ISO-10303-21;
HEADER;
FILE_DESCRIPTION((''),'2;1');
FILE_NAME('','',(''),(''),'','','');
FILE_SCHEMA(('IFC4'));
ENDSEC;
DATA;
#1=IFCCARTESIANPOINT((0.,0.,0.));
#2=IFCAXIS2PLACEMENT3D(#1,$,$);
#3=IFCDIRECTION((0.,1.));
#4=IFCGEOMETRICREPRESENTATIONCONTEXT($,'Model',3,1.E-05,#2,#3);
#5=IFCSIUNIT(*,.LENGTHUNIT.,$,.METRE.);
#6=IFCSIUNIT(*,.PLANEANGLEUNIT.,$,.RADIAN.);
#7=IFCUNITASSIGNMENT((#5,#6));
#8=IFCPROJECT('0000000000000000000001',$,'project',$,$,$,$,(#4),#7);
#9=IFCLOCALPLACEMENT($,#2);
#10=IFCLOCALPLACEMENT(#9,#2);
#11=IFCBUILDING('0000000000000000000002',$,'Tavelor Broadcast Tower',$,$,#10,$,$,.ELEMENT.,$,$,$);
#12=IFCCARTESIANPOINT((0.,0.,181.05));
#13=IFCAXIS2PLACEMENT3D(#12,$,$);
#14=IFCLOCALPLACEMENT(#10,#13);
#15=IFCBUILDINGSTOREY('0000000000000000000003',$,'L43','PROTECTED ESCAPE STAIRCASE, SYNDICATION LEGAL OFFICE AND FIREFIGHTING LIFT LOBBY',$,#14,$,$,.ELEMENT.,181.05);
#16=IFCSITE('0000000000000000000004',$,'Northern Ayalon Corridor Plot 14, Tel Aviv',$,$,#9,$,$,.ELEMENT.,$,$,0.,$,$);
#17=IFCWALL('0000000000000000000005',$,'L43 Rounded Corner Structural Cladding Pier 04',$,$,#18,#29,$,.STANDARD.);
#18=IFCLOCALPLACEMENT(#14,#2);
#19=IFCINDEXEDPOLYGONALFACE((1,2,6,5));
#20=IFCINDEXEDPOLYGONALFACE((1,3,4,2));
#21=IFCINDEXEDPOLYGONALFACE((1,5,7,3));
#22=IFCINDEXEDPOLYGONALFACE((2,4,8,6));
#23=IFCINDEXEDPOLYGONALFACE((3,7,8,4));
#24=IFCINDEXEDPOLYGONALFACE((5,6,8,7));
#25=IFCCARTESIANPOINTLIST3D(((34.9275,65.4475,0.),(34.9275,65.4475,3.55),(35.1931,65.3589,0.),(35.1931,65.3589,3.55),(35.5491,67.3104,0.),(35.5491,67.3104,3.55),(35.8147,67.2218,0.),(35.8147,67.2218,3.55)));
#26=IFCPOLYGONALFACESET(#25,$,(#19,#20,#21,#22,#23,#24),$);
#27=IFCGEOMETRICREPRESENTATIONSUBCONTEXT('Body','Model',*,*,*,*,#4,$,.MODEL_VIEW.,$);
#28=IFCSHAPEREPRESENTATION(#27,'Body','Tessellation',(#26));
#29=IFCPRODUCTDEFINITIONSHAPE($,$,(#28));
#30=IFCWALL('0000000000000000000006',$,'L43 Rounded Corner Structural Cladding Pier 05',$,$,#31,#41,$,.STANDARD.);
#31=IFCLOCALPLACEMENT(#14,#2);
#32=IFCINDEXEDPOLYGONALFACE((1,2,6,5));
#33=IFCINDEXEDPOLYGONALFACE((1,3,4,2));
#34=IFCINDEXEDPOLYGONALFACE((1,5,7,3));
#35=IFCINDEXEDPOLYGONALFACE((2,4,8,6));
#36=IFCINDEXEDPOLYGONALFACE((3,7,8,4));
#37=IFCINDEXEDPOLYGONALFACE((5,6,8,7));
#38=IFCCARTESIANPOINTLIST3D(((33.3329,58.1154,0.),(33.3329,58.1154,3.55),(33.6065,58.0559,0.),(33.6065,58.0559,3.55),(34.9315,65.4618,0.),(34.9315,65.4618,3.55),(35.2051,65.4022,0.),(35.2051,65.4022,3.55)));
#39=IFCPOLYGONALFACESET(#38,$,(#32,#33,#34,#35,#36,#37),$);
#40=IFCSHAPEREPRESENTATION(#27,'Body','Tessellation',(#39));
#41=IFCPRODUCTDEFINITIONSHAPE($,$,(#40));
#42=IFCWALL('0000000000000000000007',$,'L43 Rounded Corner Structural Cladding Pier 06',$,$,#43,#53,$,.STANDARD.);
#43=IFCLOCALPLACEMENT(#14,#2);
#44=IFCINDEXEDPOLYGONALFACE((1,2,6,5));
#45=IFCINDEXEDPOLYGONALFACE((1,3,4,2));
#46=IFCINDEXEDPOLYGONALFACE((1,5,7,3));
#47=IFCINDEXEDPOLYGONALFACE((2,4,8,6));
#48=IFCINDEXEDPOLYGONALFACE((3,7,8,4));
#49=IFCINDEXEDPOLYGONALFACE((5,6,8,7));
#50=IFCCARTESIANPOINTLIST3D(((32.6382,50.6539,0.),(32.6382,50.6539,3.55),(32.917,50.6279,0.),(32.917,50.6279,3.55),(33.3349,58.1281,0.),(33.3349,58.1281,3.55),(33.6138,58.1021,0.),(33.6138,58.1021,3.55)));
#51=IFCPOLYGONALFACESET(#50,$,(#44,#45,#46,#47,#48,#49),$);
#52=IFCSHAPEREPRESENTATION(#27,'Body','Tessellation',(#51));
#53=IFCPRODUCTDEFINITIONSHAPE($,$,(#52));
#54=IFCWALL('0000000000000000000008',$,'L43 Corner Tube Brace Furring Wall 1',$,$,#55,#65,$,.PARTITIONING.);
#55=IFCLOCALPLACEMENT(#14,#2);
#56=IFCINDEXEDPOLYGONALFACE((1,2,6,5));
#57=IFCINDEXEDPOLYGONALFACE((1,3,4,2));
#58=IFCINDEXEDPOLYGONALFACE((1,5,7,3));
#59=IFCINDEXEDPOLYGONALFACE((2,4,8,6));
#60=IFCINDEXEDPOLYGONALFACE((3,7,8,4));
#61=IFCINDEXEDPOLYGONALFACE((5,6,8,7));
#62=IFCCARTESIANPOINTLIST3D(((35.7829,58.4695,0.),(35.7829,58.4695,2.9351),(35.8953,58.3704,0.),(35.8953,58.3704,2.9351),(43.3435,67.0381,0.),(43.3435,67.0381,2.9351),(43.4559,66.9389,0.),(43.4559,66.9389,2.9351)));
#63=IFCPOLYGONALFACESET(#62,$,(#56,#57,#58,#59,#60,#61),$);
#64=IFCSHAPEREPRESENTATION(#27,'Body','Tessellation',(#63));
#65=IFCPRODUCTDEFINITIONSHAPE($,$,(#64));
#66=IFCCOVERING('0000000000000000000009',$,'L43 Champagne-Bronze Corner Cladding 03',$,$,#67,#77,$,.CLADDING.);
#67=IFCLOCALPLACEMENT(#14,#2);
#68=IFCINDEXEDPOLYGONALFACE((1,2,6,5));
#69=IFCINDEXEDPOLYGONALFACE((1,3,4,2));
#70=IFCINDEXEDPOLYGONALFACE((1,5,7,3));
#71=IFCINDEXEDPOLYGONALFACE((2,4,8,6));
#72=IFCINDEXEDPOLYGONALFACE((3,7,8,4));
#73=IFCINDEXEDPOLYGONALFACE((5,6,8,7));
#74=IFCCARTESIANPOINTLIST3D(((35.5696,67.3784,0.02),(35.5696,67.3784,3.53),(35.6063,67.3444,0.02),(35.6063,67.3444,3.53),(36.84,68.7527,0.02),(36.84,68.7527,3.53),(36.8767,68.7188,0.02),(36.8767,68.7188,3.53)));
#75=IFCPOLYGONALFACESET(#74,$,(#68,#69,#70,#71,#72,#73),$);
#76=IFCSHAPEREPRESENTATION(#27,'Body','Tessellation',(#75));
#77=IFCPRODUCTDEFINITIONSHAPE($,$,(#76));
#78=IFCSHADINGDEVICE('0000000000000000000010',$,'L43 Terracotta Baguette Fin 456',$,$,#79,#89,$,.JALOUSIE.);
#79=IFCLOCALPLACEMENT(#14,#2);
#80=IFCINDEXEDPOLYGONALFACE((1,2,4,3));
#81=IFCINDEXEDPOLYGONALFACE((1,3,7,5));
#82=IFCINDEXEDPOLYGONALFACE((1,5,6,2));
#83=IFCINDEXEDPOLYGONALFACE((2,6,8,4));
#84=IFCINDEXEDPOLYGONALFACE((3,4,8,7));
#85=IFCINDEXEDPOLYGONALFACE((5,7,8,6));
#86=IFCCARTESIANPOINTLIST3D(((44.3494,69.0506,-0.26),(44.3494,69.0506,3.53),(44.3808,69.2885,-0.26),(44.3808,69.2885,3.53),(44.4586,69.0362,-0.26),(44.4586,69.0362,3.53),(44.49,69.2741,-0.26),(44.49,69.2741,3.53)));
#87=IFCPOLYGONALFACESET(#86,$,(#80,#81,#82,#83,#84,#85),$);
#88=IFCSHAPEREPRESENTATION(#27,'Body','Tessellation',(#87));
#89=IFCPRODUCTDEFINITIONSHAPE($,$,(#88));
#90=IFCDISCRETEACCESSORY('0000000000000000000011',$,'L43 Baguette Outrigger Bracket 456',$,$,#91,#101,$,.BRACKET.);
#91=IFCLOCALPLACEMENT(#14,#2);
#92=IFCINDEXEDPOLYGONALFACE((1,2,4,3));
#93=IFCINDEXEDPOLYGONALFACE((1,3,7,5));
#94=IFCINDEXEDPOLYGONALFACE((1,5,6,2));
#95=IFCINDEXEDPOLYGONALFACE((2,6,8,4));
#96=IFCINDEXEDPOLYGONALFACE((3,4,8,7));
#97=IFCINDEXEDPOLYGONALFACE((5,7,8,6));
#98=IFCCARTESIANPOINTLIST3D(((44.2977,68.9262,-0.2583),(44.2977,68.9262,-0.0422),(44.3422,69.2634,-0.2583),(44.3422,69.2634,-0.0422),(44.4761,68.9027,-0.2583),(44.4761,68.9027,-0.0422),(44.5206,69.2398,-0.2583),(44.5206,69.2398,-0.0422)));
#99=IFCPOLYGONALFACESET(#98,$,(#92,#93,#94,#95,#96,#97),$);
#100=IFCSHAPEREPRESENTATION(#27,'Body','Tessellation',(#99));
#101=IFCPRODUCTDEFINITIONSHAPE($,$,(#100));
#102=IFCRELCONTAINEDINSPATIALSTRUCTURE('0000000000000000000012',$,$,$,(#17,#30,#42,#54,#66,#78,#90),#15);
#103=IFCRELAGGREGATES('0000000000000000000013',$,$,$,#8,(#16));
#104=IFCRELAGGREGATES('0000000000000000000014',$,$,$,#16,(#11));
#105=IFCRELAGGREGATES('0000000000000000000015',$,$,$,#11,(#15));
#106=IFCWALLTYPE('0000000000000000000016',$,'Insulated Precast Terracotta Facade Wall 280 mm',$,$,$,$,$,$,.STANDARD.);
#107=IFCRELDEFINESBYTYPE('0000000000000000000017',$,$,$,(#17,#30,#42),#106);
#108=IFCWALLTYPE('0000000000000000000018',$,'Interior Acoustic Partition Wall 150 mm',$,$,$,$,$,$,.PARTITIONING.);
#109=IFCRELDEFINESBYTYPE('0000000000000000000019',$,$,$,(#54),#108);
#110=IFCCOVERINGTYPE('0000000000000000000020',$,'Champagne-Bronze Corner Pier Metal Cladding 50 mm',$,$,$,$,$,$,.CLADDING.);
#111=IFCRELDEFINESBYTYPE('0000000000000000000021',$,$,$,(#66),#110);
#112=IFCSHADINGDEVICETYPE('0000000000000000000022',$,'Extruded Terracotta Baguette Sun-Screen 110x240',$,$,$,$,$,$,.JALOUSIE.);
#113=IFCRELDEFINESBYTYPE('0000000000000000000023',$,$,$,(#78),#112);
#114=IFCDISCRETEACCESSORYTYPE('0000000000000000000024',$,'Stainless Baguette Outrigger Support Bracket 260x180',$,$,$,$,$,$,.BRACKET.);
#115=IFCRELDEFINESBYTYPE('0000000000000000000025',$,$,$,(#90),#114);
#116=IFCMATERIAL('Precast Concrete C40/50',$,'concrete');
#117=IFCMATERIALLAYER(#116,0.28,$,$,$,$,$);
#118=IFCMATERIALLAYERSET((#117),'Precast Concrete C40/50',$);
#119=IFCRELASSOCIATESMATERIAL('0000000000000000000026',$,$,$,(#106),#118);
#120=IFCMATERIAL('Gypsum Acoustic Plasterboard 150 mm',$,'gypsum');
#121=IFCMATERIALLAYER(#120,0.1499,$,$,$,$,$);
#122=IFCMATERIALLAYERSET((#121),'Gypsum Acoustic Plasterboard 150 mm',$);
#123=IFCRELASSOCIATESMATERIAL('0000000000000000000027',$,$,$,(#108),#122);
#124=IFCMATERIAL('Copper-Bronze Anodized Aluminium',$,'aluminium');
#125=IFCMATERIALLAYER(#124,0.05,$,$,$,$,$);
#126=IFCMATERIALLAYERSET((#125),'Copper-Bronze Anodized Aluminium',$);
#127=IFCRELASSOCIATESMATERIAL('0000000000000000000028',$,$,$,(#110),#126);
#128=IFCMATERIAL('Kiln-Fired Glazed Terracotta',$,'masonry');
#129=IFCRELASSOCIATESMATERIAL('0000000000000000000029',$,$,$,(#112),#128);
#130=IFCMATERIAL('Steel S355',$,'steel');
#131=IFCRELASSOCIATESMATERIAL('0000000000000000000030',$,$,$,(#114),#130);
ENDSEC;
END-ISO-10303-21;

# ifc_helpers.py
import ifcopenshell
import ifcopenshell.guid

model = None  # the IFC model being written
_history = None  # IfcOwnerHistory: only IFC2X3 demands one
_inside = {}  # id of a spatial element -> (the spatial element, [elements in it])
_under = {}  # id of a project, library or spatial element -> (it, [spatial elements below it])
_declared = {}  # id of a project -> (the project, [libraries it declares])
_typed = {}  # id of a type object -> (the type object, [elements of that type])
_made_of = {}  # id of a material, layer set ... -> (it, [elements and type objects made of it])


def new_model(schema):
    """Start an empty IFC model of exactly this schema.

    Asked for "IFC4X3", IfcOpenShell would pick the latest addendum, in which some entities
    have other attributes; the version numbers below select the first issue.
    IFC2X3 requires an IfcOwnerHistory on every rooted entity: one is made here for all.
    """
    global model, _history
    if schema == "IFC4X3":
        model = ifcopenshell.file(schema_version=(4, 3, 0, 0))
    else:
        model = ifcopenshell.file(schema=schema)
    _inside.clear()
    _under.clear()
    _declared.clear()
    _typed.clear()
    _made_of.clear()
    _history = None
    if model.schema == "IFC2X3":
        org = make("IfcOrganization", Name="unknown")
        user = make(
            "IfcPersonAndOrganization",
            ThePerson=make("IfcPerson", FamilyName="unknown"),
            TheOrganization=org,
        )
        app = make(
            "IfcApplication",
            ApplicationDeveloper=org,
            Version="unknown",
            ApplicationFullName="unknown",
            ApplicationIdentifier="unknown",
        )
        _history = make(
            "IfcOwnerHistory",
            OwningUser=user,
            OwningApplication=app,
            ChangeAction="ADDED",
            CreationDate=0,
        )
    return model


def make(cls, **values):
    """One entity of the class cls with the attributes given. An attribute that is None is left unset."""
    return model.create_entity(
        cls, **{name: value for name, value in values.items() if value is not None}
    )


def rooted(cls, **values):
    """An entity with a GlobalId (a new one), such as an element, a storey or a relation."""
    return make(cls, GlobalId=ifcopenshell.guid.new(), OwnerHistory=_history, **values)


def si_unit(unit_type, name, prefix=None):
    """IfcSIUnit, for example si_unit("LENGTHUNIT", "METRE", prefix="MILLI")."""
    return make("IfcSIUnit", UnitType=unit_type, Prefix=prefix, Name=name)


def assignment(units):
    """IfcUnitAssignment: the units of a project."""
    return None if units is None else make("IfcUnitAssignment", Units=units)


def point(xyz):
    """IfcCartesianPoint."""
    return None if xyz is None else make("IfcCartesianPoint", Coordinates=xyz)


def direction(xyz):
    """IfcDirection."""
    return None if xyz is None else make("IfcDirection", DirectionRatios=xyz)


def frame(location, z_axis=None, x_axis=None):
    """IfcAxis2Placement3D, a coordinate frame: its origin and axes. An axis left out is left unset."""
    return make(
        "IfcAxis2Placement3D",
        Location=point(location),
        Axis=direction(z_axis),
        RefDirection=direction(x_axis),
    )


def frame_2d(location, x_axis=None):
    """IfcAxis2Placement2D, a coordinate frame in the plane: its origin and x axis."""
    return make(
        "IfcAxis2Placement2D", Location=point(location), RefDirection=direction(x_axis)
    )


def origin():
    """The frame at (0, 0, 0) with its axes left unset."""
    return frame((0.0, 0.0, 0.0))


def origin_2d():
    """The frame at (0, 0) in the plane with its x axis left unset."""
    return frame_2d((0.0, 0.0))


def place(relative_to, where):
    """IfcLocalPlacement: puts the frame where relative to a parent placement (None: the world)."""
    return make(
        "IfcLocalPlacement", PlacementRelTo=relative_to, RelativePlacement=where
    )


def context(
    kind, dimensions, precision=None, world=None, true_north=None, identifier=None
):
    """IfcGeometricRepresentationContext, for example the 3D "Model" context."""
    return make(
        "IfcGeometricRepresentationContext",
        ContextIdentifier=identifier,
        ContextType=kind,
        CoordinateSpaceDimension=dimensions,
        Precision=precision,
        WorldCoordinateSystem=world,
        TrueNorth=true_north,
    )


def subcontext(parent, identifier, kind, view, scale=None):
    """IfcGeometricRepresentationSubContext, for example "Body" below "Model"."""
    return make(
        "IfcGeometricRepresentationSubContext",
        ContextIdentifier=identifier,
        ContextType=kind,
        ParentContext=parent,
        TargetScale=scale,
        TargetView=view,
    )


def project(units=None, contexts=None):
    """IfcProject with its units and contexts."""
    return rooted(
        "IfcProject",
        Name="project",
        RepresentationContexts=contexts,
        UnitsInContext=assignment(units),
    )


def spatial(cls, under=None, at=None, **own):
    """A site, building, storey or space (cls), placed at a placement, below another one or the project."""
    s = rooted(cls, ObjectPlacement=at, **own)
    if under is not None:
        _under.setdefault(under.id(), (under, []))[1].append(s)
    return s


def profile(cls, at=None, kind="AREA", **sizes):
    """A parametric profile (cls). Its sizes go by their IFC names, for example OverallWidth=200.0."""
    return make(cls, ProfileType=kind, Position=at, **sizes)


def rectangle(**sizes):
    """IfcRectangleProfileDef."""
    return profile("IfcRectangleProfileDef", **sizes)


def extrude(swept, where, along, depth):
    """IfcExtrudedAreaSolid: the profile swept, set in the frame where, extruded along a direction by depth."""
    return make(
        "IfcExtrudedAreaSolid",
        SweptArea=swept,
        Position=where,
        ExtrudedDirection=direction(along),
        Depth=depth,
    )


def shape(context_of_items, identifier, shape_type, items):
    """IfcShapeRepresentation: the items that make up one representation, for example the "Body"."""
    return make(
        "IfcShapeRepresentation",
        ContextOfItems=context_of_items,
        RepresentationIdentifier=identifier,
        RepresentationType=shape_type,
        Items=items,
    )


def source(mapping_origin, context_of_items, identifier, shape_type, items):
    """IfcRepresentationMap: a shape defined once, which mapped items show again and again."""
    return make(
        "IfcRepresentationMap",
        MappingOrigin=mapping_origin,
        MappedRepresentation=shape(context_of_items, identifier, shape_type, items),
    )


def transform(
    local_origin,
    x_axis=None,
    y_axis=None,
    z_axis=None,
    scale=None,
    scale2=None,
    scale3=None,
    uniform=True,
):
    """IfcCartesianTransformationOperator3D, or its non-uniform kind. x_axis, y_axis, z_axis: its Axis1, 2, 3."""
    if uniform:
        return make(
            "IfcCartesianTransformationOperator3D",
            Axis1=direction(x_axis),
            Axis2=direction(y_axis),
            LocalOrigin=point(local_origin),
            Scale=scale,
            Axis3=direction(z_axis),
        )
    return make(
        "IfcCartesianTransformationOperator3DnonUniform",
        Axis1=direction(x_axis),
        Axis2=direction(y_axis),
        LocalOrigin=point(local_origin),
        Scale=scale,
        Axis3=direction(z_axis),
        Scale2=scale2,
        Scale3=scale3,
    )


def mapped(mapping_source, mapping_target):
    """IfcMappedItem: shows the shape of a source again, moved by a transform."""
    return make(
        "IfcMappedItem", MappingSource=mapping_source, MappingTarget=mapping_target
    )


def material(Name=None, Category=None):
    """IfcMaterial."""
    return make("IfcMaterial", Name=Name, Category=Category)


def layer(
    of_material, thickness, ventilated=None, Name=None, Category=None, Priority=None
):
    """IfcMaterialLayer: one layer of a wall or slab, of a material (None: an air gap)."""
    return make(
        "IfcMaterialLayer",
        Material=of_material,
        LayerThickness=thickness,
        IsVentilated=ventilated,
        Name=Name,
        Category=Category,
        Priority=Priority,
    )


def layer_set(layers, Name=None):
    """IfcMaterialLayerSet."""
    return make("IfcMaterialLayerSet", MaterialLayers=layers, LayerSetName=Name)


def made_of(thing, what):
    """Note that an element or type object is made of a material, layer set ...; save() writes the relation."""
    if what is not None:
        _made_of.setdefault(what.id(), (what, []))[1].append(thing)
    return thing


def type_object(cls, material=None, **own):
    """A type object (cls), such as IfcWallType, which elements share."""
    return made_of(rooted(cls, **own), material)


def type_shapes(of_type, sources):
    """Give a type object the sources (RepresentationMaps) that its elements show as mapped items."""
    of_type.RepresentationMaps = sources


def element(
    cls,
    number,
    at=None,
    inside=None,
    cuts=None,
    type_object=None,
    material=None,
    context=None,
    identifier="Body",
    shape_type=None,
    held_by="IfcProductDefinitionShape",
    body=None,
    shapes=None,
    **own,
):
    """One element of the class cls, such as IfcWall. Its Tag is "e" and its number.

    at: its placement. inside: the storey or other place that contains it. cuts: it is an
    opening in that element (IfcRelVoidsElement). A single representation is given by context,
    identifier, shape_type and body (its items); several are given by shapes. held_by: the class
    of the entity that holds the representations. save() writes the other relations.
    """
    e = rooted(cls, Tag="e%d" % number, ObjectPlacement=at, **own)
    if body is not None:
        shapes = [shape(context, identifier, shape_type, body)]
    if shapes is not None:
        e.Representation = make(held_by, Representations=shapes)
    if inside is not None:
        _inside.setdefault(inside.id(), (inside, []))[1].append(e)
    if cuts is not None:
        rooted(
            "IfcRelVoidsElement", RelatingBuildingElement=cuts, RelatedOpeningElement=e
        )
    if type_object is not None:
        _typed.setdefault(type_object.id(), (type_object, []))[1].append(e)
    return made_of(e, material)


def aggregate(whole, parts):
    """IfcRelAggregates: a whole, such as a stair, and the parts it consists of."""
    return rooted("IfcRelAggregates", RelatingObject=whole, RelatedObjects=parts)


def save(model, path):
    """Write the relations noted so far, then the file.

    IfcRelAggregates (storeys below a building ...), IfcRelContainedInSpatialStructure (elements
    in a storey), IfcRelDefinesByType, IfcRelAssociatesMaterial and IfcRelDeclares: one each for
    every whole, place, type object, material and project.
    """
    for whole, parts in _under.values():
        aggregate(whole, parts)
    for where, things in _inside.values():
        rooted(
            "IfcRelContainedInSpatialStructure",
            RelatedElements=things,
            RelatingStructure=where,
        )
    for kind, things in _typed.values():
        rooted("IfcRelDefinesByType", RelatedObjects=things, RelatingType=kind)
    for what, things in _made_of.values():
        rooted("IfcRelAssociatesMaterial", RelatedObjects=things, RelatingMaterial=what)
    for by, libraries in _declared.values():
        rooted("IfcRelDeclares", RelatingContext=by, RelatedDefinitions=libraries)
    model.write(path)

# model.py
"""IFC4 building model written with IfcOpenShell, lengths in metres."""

from ifc_helpers import new_model, si_unit, direction, frame, frame_2d, origin, origin_2d, place, context, subcontext, project, spatial, rectangle, extrude, source, transform, mapped, material, layer, layer_set, type_object, type_shapes, element, save


model = new_model("IFC4")

# Units and contexts
model_context = context("Model", 3, precision=1e-05, world=origin(), true_north=direction((0.0, 1.0)))
body_context = subcontext(model_context, "Body", "Model", "MODEL_VIEW")
ifc_project = project(units=[si_unit("LENGTHUNIT", "METRE"), si_unit("PLANEANGLEUNIT", "RADIAN")], contexts=[model_context])

# Site, building, storey
site_placement = place(None, origin())
site = spatial("IfcSite", under=ifc_project, at=site_placement, Name="Northern Ayalon Corridor Plot 14, Tel Aviv", CompositionType="ELEMENT", RefElevation=0.0)
building_placement = place(site_placement, origin())
building = spatial("IfcBuilding", under=site, at=building_placement, Name="Tavelor Broadcast Tower", CompositionType="ELEMENT")
storey_placement = place(building_placement, frame((0.0, 0.0, 181.05)))
storey = spatial("IfcBuildingStorey", under=building, at=storey_placement, Name="L43", Description="PROTECTED ESCAPE STAIRCASE, SYNDICATION LEGAL OFFICE AND FIREFIGHTING LIFT LOBBY", CompositionType="ELEMENT", Elevation=181.05)

# Shared definitions
ifc_material_1 = material(Name="Steel S355", Category="steel")

# Walls
ifc_material_2 = material(Name="Precast Concrete C40/50", Category="concrete")
ifc_layer_1 = layer(ifc_material_2, 0.28)
ifc_layer_set_1 = layer_set([ifc_layer_1], Name="Precast Concrete C40/50")
wall_type_1 = type_object("IfcWallType", Name="Insulated Precast Terracotta Facade Wall 280 mm", PredefinedType="STANDARD", material=ifc_layer_set_1)
wall_1_placement = place(storey_placement, frame((35.6819, 67.2661, 0.0), z_axis=(0.0, 0.0, 1.0), x_axis=(-0.316526, -0.948584, 0.0)))
element("IfcWall", 1, at=wall_1_placement, inside=storey, type_object=wall_type_1, Name="L43 Rounded Corner Structural Cladding Pier 04", PredefinedType="STANDARD", context=body_context, shape_type="SweptSolid", body=[
    extrude(rectangle(XDim=1.9639, YDim=0.28, at=frame_2d((0.9819, 0.0))), origin(), (0.0, 0.0, 1.0), 3.55),
])
wall_2_placement = place(storey_placement, frame((35.0684, 65.4321, 0.0), z_axis=(0.0, 0.0, 1.0), x_axis=(-0.212631, -0.977133, 0.0)))
element("IfcWall", 2, at=wall_2_placement, inside=storey, type_object=wall_type_1, Name="L43 Rounded Corner Structural Cladding Pier 05", PredefinedType="STANDARD", context=body_context, shape_type="SweptSolid", body=[
    extrude(rectangle(XDim=7.5183, YDim=0.28, at=frame_2d((3.7593, 0.0))), origin(), (0.0, 0.0, 1.0), 3.55),
])
wall_3_placement = place(storey_placement, frame((33.4744, 58.1152, 0.0), z_axis=(0.0, 0.0, 1.0), x_axis=(-0.092823, -0.995683, 0.0)))
element("IfcWall", 3, at=wall_3_placement, inside=storey, type_object=wall_type_1, Name="L43 Rounded Corner Structural Cladding Pier 06", PredefinedType="STANDARD", context=body_context, shape_type="SweptSolid", body=[
    extrude(rectangle(XDim=7.5066, YDim=0.28, at=frame_2d((3.7534, 0.0))), origin(), (0.0, 0.0, 1.0), 3.55),
])
ifc_material_3 = material(Name="Gypsum Acoustic Plasterboard 150 mm", Category="gypsum")
ifc_layer_2 = layer(ifc_material_3, 0.1499)
ifc_layer_set_2 = layer_set([ifc_layer_2], Name="Gypsum Acoustic Plasterboard 150 mm")
wall_type_2 = type_object("IfcWallType", Name="Interior Acoustic Partition Wall 150 mm", PredefinedType="PARTITIONING", material=ifc_layer_set_2)
wall_4_placement = place(storey_placement, frame((43.3997, 66.9885, 0.0), z_axis=(0.0, 0.0, 1.0), x_axis=(-0.661622, -0.749837, 0.0)))
element("IfcWall", 4, at=wall_4_placement, inside=storey, type_object=wall_type_2, Name="L43 Corner Tube Brace Furring Wall 1", PredefinedType="PARTITIONING", context=body_context, shape_type="SweptSolid", body=[
    extrude(rectangle(XDim=11.4272, YDim=0.1499, at=frame_2d((5.7136, 0.0))), origin(), (0.0, 0.0, 1.0), 2.9351),
])

# Covering
ifc_material_4 = material(Name="Copper-Bronze Anodized Aluminium", Category="aluminium")
ifc_layer_3 = layer(ifc_material_4, 0.05)
ifc_layer_set_3 = layer_set([ifc_layer_3], Name="Copper-Bronze Anodized Aluminium")
covering_type = type_object("IfcCoveringType", Name="Champagne-Bronze Corner Pier Metal Cladding 50 mm", PredefinedType="CLADDING", material=ifc_layer_set_3)
covering_placement = place(storey_placement, frame((36.2231, 68.0486, 0.02), z_axis=(0.0, 0.0, 1.0), x_axis=(-0.678801, -0.734323, 0.0)))
element("IfcCovering", 5, at=covering_placement, inside=storey, type_object=covering_type, Name="L43 Champagne-Bronze Corner Cladding 03", PredefinedType="CLADDING", context=body_context, shape_type="SweptSolid", body=[
    extrude(rectangle(XDim=1.8716, YDim=0.05, at=origin_2d()), origin(), (0.0, 0.0, 1.0), 3.51),
])

# Shading device
ifc_material_5 = material(Name="Kiln-Fired Glazed Terracotta", Category="masonry")
shading_device_type = type_object("IfcShadingDeviceType", Name="Extruded Terracotta Baguette Sun-Screen 110x240", PredefinedType="JALOUSIE", material=ifc_material_5)
shared_shape_1 = source(origin(), body_context, "Body", "SweptSolid", [
    extrude(rectangle(XDim=0.1101, YDim=0.24, at=origin_2d()), origin(), (0.0, 0.0, 1.0), 3.79),
])
type_shapes(shading_device_type, [shared_shape_1])
shading_device_placement = place(storey_placement, frame((44.4197, 69.1624, -0.26), z_axis=(0.0, 0.0, 1.0), x_axis=(-0.991399, 0.130872, 0.0)))
element("IfcShadingDevice", 6, at=shading_device_placement, inside=storey, type_object=shading_device_type, Name="L43 Terracotta Baguette Fin 456", PredefinedType="JALOUSIE", context=body_context, shape_type="MappedRepresentation", body=[
    mapped(shared_shape_1, transform((0.0, 0.0, 0.0), scale=1.0)),
])

# Discrete accessory
discrete_accessory_type = type_object("IfcDiscreteAccessoryType", Name="Stainless Baguette Outrigger Support Bracket 260x180", PredefinedType="BRACKET", material=ifc_material_1)
shared_shape_2 = source(origin(), body_context, "Body", "SweptSolid", [
    extrude(rectangle(XDim=0.1799, YDim=0.3401, at=origin_2d()), origin(), (0.0, 0.0, 1.0), 0.2161),
])
type_shapes(discrete_accessory_type, [shared_shape_2])
discrete_accessory_placement = place(storey_placement, frame((44.4092, 69.083, -0.2583), z_axis=(0.0, 0.0, 1.0), x_axis=(-0.991399, 0.130872, 0.0)))
element("IfcDiscreteAccessory", 7, at=discrete_accessory_placement, inside=storey, type_object=discrete_accessory_type, Name="L43 Baguette Outrigger Bracket 456", PredefinedType="BRACKET", context=body_context, shape_type="MappedRepresentation", body=[
    mapped(shared_shape_2, transform((0.0, 0.0, 0.0), scale=1.0)),
])

save(model, "model.ifc")
